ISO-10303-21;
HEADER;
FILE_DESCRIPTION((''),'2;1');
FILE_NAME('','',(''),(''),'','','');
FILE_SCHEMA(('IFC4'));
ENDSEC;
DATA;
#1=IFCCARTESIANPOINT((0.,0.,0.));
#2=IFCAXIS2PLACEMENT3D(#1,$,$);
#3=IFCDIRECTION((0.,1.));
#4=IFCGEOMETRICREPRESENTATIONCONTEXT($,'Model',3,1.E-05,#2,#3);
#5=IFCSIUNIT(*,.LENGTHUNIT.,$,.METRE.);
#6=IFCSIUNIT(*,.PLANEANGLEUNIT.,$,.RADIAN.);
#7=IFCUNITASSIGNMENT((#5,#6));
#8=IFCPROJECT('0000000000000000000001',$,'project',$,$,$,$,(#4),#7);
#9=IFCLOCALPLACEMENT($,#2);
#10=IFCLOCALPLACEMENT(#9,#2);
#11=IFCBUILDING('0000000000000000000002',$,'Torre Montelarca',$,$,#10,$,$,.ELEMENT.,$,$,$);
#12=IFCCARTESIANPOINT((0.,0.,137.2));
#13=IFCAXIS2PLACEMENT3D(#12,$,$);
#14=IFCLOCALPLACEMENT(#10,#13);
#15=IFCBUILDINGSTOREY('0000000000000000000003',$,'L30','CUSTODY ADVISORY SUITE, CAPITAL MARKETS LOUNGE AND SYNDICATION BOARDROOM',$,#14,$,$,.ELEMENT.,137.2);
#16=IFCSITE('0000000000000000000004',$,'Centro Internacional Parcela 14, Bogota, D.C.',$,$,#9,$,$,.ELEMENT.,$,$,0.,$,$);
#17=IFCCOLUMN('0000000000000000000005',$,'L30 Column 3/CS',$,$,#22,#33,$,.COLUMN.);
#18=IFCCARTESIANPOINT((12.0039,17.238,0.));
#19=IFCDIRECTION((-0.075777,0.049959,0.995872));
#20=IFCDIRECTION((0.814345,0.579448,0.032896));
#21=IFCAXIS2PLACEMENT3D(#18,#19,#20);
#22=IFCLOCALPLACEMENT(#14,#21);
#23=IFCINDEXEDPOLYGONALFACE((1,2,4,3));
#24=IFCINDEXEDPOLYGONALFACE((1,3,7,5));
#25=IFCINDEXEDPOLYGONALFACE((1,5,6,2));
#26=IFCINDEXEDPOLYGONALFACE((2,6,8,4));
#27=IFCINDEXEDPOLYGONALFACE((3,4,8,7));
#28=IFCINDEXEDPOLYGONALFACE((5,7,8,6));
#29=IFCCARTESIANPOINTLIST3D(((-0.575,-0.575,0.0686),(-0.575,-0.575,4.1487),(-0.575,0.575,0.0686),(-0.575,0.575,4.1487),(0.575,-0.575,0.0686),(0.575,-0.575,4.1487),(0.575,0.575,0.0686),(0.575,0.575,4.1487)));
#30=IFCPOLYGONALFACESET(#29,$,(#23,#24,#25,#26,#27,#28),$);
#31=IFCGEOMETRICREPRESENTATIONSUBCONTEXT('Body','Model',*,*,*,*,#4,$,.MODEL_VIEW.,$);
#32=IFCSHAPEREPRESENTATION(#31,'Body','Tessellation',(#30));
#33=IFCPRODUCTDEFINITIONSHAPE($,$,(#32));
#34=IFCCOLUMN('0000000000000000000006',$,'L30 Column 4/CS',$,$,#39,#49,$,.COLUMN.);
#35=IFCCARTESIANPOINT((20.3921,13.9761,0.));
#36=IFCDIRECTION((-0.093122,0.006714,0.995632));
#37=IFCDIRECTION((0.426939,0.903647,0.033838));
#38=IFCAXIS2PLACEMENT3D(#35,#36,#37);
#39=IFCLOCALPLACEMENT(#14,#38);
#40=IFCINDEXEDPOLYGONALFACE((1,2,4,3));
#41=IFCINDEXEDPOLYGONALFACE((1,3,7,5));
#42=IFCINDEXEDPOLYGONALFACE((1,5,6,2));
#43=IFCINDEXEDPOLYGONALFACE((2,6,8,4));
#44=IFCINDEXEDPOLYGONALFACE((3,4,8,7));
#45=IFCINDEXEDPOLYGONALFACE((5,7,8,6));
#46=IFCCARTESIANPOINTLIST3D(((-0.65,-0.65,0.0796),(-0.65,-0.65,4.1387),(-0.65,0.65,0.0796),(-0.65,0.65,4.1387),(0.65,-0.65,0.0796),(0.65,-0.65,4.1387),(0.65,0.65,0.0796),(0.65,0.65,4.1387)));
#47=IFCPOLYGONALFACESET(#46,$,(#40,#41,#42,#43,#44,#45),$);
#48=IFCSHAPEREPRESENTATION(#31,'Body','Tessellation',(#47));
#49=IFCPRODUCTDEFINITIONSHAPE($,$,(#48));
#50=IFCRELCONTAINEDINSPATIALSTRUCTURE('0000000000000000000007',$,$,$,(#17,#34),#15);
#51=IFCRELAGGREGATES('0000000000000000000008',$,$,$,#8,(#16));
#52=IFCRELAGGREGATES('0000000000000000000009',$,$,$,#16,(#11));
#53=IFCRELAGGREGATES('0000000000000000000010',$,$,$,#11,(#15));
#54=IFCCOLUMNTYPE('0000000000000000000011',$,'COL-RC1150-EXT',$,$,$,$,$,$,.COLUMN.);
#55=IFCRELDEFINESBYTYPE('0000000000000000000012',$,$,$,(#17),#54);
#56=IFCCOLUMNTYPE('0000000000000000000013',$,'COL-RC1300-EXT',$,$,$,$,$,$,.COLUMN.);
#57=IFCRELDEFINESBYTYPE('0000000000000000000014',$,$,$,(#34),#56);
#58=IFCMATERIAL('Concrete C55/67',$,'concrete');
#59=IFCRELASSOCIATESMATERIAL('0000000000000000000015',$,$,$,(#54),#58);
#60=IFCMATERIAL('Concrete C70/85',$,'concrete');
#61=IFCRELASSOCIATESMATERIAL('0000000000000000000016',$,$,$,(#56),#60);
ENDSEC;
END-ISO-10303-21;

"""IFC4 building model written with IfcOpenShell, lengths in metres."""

from ifc_helpers import new_model, si_unit, direction, frame, origin, origin_2d, place, context, subcontext, project, spatial, rectangle, extrude, clip, halfspace, material, material_profile, profile_set, type_object, element, save


model = new_model("IFC4")

# Units and contexts
model_context = context("Model", 3, precision=1e-05, world=origin(), true_north=direction((0.0, 1.0)))
body_context = subcontext(model_context, "Body", "Model", "MODEL_VIEW")
ifc_project = project(units=[si_unit("LENGTHUNIT", "METRE"), si_unit("PLANEANGLEUNIT", "RADIAN")], contexts=[model_context])

# Site, building, storey
site_placement = place(None, origin())
site = spatial("IfcSite", under=ifc_project, at=site_placement, Name="Centro Internacional Parcela 14, Bogota, D.C.", CompositionType="ELEMENT", RefElevation=0.0)
building_placement = place(site_placement, origin())
building = spatial("IfcBuilding", under=site, at=building_placement, Name="Torre Montelarca", CompositionType="ELEMENT")
storey_placement = place(building_placement, frame((0.0, 0.0, 137.2)))
storey = spatial("IfcBuildingStorey", under=building, at=storey_placement, Name="L30", Description="CUSTODY ADVISORY SUITE, CAPITAL MARKETS LOUNGE AND SYNDICATION BOARDROOM", CompositionType="ELEMENT", Elevation=137.2)

# Columns
ifc_material_1 = material(Name="Concrete C55/67", Category="concrete")
ifc_material_profile_1 = material_profile(ifc_material_1, rectangle(XDim=1.1499, YDim=1.1499, at=origin_2d()), Name="RC1150X1150", Category="concrete")
ifc_profile_set_1 = profile_set([ifc_material_profile_1], Name="Concrete C55/67")
column_type_1 = type_object("IfcColumnType", Name="COL-RC1150-EXT", PredefinedType="COLUMN", material=ifc_profile_set_1)
column_1_placement = place(storey_placement, frame((12.0039, 17.238, 0.0), z_axis=(-0.075777, 0.049959, 0.995872), x_axis=(0.814345, 0.579448, 0.032896)))
element("IfcColumn", 1, at=column_1_placement, inside=storey, type_object=column_type_1, Name="L30 Column 3/CS", PredefinedType="COLUMN", context=body_context, shape_type="Clipping", body=[
    clip(clip(extrude(rectangle(XDim=1.1499, YDim=1.1499, at=origin_2d()), origin(), (0.0, 0.0, 1.0), 4.2173), halfspace(frame((0.0, 0.0, 0.0686), z_axis=(0.0, 0.0, -1.0), x_axis=(1.0, 0.0, 0.0)), False)), halfspace(frame((0.0, 0.0, 4.1487), z_axis=(0.0, 0.0, 1.0), x_axis=(1.0, 0.0, 0.0)), False)),
])
ifc_material_2 = material(Name="Concrete C70/85", Category="concrete")
ifc_material_profile_2 = material_profile(ifc_material_2, rectangle(XDim=1.3, YDim=1.3, at=origin_2d()), Name="RC1300X1300", Category="concrete")
ifc_profile_set_2 = profile_set([ifc_material_profile_2], Name="Concrete C70/85")
column_type_2 = type_object("IfcColumnType", Name="COL-RC1300-EXT", PredefinedType="COLUMN", material=ifc_profile_set_2)
column_2_placement = place(storey_placement, frame((20.3921, 13.9761, 0.0), z_axis=(-0.093122, 0.006714, 0.995632), x_axis=(0.426939, 0.903647, 0.033838)))
element("IfcColumn", 2, at=column_2_placement, inside=storey, type_object=column_type_2, Name="L30 Column 4/CS", PredefinedType="COLUMN", context=body_context, shape_type="Clipping", body=[
    clip(clip(extrude(rectangle(XDim=1.3, YDim=1.3, at=origin_2d()), origin(), (0.0, 0.0, 1.0), 4.2183), halfspace(frame((0.0, 0.0, 0.0796), z_axis=(0.0, 0.0, -1.0), x_axis=(1.0, 0.0, 0.0)), False)), halfspace(frame((0.0, 0.0, 4.1387), z_axis=(0.0, 0.0, 1.0), x_axis=(1.0, 0.0, 0.0)), False)),
])

save(model, "model.ifc")
